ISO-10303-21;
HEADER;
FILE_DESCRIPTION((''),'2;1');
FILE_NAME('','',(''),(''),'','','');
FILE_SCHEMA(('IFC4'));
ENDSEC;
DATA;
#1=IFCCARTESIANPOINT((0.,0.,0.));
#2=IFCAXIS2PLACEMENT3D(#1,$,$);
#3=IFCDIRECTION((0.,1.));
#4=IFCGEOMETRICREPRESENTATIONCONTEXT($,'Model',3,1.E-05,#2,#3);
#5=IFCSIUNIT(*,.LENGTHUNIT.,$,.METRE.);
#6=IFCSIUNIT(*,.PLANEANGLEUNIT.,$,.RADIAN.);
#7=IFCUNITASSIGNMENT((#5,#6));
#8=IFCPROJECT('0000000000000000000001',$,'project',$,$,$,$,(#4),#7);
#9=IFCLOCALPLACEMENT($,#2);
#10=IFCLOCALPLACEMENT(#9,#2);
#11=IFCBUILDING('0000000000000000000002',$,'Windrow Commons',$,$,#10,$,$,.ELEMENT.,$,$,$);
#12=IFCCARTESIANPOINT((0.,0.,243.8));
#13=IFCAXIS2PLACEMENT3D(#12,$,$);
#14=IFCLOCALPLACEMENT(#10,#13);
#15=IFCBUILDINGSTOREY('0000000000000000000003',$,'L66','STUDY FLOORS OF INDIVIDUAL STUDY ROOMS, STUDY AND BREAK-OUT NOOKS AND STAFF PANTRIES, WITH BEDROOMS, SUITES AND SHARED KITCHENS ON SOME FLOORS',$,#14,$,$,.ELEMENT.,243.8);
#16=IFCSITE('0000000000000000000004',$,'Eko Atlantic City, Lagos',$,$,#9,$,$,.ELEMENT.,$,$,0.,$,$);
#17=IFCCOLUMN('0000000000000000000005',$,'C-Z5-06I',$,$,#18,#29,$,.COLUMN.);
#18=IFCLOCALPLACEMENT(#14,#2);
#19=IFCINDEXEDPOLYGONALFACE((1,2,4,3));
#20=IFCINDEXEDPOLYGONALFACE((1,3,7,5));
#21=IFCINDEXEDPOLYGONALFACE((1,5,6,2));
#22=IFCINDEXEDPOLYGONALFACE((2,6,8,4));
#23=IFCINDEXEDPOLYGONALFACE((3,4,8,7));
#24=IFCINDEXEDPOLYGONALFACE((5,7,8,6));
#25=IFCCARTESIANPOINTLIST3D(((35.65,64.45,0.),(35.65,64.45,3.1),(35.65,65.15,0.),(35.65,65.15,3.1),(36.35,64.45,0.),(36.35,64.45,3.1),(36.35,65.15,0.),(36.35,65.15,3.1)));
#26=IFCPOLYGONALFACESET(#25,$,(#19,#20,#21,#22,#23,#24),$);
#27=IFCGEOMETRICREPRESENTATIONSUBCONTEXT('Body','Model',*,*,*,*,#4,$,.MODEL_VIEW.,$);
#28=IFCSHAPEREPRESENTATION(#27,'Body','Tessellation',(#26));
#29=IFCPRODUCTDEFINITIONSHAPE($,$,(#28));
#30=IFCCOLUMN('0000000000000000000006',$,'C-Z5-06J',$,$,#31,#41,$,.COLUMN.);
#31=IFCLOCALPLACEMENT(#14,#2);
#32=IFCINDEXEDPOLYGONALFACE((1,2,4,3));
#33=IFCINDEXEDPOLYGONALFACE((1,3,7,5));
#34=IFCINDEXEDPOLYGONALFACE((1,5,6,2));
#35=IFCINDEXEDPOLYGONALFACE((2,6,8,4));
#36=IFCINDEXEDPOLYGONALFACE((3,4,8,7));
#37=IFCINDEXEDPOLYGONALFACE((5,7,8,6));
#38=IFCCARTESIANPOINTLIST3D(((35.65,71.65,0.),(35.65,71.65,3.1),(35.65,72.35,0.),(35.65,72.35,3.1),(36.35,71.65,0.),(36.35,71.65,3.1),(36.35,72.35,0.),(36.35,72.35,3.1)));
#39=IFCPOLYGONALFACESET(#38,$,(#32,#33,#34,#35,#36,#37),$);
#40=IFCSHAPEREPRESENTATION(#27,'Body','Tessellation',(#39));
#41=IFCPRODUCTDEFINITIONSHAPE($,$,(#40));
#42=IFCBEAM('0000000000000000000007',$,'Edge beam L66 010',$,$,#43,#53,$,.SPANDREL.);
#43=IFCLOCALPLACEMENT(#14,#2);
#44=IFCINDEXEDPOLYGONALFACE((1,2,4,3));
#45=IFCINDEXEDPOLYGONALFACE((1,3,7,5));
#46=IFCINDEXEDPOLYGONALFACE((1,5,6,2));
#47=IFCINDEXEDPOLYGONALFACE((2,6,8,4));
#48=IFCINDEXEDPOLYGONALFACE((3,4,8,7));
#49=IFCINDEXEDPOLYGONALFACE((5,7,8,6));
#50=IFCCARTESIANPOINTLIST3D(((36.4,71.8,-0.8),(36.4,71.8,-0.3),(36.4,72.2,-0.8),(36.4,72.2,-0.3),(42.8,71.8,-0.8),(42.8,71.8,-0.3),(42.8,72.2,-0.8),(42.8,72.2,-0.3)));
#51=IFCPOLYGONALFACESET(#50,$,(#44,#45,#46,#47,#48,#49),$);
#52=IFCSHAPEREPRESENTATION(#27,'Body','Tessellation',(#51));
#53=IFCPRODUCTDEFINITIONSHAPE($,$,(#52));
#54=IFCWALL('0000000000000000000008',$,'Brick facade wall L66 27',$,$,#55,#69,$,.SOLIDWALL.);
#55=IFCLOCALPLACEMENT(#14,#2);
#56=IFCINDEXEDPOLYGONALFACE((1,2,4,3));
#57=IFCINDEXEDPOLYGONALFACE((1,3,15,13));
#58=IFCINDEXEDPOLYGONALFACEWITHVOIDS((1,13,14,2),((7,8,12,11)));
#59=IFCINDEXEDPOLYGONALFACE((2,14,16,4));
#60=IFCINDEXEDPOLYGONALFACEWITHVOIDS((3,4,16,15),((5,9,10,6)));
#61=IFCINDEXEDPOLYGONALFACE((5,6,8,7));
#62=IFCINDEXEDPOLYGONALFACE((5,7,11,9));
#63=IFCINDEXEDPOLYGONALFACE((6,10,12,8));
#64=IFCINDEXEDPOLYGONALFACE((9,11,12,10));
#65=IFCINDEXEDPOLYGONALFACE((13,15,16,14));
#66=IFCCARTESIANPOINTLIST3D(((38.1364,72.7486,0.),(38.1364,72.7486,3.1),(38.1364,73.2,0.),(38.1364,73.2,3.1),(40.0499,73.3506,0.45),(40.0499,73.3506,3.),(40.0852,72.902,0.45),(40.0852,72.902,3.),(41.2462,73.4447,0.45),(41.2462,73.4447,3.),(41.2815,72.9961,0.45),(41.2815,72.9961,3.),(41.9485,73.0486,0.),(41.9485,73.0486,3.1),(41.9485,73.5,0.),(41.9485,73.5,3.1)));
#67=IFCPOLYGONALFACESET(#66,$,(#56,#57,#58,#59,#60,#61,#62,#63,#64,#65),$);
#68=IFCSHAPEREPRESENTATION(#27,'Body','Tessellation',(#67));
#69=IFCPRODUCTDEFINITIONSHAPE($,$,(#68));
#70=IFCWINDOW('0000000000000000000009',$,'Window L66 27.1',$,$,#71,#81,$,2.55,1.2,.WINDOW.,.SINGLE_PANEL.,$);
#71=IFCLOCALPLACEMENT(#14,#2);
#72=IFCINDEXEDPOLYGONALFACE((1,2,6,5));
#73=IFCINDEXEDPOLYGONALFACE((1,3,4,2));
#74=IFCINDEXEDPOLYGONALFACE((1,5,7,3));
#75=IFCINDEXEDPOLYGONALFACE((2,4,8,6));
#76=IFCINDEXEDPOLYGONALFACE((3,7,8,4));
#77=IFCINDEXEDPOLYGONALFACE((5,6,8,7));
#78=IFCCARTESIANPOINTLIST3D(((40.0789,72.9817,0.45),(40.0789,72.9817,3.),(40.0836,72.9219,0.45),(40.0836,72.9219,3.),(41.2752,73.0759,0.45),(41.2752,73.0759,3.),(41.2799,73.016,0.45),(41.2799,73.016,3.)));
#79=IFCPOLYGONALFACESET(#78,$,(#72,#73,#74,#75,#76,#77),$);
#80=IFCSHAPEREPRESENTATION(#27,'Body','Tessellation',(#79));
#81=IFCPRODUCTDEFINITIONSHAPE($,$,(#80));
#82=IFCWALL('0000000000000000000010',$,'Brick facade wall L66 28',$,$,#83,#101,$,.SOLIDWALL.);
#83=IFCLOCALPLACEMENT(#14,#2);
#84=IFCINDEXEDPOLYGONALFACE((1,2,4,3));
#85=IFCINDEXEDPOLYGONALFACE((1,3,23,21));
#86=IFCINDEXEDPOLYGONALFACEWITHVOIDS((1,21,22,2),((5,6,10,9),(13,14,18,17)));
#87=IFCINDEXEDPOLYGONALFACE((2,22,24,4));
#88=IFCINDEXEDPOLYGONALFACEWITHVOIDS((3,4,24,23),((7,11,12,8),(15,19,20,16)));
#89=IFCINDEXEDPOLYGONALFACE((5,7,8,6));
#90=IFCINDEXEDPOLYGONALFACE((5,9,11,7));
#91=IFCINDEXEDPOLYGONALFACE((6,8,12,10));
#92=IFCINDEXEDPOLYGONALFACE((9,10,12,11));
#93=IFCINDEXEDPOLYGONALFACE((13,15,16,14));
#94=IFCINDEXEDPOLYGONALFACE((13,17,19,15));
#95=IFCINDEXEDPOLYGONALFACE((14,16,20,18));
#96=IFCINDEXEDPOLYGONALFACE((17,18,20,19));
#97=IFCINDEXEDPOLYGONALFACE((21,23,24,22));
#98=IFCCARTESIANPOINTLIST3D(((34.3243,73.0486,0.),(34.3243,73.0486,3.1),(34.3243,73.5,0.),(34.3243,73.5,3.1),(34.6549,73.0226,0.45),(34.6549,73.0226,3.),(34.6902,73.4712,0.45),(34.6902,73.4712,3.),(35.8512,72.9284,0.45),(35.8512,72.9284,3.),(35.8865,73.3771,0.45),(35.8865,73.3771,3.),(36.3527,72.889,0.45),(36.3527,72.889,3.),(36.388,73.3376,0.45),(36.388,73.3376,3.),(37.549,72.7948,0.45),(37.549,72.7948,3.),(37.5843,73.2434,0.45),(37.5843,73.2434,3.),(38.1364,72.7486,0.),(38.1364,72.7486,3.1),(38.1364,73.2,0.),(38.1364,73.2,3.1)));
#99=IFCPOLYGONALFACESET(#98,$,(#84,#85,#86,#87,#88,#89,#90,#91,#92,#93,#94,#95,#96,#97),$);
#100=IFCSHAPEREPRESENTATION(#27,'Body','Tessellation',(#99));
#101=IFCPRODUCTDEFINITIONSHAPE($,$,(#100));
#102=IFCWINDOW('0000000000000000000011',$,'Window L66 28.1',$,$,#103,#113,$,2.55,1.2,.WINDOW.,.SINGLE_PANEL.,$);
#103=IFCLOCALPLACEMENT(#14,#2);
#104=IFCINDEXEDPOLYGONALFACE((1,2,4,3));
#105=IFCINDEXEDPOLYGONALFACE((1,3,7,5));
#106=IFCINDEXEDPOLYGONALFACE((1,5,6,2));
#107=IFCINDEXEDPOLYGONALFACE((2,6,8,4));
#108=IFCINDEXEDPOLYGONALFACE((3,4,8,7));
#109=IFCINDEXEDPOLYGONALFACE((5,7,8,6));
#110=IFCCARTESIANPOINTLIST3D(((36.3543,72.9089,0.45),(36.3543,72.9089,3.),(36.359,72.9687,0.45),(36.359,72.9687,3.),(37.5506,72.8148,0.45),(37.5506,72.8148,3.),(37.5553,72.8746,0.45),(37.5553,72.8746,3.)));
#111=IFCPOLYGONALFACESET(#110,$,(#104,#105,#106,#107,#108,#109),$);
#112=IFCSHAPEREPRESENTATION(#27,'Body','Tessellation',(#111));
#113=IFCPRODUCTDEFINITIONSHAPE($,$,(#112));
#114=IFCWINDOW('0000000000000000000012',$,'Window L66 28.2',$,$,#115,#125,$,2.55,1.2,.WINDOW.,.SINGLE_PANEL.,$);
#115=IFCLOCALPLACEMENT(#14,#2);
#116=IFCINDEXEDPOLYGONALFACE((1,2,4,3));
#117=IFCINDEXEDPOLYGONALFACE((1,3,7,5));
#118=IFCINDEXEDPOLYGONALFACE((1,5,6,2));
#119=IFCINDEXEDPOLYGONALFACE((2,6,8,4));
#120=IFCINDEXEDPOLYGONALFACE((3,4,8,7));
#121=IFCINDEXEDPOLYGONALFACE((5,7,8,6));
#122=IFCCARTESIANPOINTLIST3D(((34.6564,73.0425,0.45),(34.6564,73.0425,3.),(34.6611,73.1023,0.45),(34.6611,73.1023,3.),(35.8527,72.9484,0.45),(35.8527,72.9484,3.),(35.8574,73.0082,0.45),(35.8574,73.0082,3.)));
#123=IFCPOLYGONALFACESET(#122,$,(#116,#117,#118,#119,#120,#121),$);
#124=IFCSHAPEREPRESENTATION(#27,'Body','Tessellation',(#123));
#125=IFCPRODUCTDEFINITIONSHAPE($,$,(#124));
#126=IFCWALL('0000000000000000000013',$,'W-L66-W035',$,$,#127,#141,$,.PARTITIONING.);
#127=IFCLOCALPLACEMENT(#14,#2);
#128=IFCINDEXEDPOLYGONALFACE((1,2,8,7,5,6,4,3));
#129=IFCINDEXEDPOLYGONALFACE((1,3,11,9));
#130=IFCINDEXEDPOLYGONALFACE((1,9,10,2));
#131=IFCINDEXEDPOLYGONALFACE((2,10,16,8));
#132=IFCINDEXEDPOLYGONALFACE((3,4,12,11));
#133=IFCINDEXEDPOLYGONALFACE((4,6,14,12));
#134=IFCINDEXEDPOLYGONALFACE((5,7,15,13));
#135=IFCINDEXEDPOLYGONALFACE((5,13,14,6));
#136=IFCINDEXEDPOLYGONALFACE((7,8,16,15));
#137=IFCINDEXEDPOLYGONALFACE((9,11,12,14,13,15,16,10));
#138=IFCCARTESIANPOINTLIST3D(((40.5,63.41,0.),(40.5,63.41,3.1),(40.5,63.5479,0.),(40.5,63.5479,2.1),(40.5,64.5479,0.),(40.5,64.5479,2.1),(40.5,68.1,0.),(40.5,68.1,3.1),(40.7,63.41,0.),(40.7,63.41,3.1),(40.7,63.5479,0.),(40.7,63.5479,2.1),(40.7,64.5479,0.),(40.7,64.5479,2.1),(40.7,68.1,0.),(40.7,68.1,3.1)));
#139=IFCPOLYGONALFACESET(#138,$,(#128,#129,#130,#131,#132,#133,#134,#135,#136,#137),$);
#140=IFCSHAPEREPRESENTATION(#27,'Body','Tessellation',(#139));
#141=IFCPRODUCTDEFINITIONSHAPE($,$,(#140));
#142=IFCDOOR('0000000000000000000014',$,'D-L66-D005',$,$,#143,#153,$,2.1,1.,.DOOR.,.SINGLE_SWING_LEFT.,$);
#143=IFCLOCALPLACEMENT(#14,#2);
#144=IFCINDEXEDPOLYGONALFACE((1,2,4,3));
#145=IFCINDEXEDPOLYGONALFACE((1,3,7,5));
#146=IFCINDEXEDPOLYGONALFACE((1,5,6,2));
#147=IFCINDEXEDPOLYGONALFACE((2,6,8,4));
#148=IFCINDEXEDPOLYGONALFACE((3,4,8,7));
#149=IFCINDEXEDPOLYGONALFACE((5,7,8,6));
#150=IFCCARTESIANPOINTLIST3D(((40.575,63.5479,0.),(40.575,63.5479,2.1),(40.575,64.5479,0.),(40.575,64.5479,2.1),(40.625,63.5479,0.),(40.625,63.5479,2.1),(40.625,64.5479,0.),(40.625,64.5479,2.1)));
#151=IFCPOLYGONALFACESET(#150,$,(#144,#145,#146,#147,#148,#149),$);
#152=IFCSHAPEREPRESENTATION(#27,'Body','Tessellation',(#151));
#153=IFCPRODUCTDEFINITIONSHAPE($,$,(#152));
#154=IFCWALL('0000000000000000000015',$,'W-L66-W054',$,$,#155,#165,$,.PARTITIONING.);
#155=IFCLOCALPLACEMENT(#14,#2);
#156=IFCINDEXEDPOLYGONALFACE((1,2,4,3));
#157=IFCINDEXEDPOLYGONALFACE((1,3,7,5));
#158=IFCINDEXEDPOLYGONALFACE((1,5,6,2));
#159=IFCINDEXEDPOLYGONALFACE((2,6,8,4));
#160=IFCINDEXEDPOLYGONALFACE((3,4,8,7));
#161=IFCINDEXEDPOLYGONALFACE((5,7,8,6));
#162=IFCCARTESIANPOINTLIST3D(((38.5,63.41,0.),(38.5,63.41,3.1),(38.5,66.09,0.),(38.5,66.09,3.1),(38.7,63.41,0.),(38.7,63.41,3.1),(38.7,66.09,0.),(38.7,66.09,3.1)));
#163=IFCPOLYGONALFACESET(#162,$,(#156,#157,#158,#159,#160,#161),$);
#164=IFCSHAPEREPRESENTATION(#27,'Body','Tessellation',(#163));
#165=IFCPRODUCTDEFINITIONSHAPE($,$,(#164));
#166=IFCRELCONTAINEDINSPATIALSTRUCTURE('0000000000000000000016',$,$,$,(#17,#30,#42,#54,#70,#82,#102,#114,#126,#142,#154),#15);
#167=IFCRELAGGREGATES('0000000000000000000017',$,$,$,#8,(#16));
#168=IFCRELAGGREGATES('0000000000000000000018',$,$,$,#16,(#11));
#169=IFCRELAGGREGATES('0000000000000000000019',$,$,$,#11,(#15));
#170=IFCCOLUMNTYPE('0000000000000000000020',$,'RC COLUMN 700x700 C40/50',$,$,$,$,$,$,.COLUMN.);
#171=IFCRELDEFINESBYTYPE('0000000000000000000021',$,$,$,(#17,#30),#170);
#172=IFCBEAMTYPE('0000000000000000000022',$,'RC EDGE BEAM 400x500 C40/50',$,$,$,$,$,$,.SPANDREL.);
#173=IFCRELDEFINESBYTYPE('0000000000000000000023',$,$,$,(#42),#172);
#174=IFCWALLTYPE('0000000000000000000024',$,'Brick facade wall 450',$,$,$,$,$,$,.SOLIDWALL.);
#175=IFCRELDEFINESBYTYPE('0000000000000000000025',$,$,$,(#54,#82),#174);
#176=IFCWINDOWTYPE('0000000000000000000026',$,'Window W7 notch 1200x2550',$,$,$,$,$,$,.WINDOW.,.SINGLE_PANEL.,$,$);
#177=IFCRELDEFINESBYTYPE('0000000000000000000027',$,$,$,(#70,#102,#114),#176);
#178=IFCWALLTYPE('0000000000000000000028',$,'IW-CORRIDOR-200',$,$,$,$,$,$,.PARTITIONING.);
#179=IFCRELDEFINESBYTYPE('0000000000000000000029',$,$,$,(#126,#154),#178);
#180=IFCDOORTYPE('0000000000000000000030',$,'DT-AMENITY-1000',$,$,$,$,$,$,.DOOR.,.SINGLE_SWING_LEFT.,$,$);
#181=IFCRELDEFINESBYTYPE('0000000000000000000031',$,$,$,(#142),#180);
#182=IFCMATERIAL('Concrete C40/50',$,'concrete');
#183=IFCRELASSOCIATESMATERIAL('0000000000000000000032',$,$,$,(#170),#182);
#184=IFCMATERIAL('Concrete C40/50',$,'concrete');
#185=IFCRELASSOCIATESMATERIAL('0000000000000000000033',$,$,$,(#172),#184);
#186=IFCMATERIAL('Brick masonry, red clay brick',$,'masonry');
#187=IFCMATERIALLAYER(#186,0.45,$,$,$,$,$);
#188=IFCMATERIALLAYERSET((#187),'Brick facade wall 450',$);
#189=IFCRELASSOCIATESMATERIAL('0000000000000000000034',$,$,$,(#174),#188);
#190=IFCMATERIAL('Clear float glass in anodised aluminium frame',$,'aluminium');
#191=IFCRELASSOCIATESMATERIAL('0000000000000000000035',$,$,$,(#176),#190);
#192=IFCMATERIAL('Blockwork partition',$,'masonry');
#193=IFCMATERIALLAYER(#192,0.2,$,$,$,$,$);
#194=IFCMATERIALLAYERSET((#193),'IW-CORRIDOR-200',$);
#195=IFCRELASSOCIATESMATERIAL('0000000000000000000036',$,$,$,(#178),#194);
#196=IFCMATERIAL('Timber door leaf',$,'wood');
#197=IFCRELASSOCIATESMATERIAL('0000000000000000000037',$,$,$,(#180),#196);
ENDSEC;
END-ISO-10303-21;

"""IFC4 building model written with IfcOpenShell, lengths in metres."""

from ifc_helpers import new_model, si_unit, direction, frame, frame_2d, origin, origin_2d, place, context, subcontext, project, spatial, polyline, rectangle, outline, extrude, material, layer, layer_set, material_profile, profile_set, type_object, element, fill, save


model = new_model("IFC4")

# Units and contexts
model_context = context("Model", 3, precision=1e-05, world=origin(), true_north=direction((0.0, 1.0)))
body_context = subcontext(model_context, "Body", "Model", "MODEL_VIEW")
ifc_project = project(units=[si_unit("LENGTHUNIT", "METRE"), si_unit("PLANEANGLEUNIT", "RADIAN")], contexts=[model_context])

# Site, building, storey
site_placement = place(None, origin())
site = spatial("IfcSite", under=ifc_project, at=site_placement, Name="Eko Atlantic City, Lagos", CompositionType="ELEMENT", RefElevation=0.0)
building_placement = place(site_placement, origin())
building = spatial("IfcBuilding", under=site, at=building_placement, Name="Windrow Commons", CompositionType="ELEMENT")
storey_placement = place(building_placement, frame((0.0, 0.0, 243.8)))
storey = spatial("IfcBuildingStorey", under=building, at=storey_placement, Name="L66", Description="STUDY FLOORS OF INDIVIDUAL STUDY ROOMS, STUDY AND BREAK-OUT NOOKS AND STAFF PANTRIES, WITH BEDROOMS, SUITES AND SHARED KITCHENS ON SOME FLOORS", CompositionType="ELEMENT", Elevation=243.8)

# Columns
ifc_material_1 = material(Name="Concrete C40/50", Category="concrete")
ifc_material_profile_1 = material_profile(ifc_material_1, rectangle(XDim=0.7, YDim=0.7, at=origin_2d()))
ifc_profile_set_1 = profile_set([ifc_material_profile_1], Name="Concrete C40/50")
column_type = type_object("IfcColumnType", Name="RC COLUMN 700x700 C40/50", PredefinedType="COLUMN", material=ifc_profile_set_1)
for number, where, z_axis, x_axis, name in (
    (1, (36.0, 64.8, 0.0), (0.0, 0.0, 1.0), (1.0, 0.0, 0.0), "C-Z5-06I"),
    (2, (36.0, 72.0, 0.0), (0.0, 0.0, 1.0), (1.0, 0.0, 0.0), "C-Z5-06J"),
):
    element("IfcColumn", number, at=place(storey_placement, frame(where, z_axis=z_axis, x_axis=x_axis)), inside=storey, type_object=column_type, Name=name, PredefinedType="COLUMN", context=body_context, shape_type="SweptSolid", body=[
        extrude(rectangle(XDim=0.7, YDim=0.7, at=origin_2d()), origin(), (0.0, 0.0, 1.0), 3.1),
    ])

# Beam
ifc_material_2 = material(Name="Concrete C40/50", Category="concrete")
ifc_material_profile_2 = material_profile(ifc_material_2, rectangle(XDim=0.4, YDim=0.5, at=origin_2d()))
ifc_profile_set_2 = profile_set([ifc_material_profile_2], Name="Concrete C40/50")
beam_type = type_object("IfcBeamType", Name="RC EDGE BEAM 400x500 C40/50", PredefinedType="SPANDREL", material=ifc_profile_set_2)
beam_placement = place(storey_placement, frame((36.4, 72.0, -0.55), z_axis=(1.0, 0.0, 0.0), x_axis=(0.0, 1.0, 0.0)))
element("IfcBeam", 3, at=beam_placement, inside=storey, type_object=beam_type, Name="Edge beam L66 010", PredefinedType="SPANDREL", context=body_context, shape_type="SweptSolid", body=[
    extrude(rectangle(XDim=0.4, YDim=0.5, at=origin_2d()), origin(), (0.0, 0.0, 1.0), 6.4),
])

# Wall, opening, window
ifc_material_3 = material(Name="Brick masonry, red clay brick", Category="masonry")
ifc_layer_1 = layer(ifc_material_3, 0.45)
ifc_layer_set_1 = layer_set([ifc_layer_1], Name="Brick facade wall 450")
wall_type_1 = type_object("IfcWallType", Name="Brick facade wall 450", PredefinedType="SOLIDWALL", material=ifc_layer_set_1)
wall_1_placement = place(storey_placement, frame((41.9485, 73.2743, 0.0), z_axis=(0.0, 0.0, 1.0), x_axis=(-0.996918, -0.078454, 0.0)))
wall_1 = element("IfcWall", 4, at=wall_1_placement, inside=storey, type_object=wall_type_1, Name="Brick facade wall L66 27", PredefinedType="SOLIDWALL", context=body_context, shape_type="SweptSolid", body=[
    extrude(outline(polyline([(-0.0177, -0.225), (3.8062, -0.225), (3.8416, 0.225), (0.0177, 0.225), (-0.0177, -0.225)])), origin(), (0.0, 0.0, 1.0), 3.1),
])
opening_1_placement = place(wall_1_placement, frame((0.6868, 0.0, 0.45)))
opening_1 = element("IfcOpeningElement", 5, at=opening_1_placement, cuts=wall_1, PredefinedType="OPENING", context=body_context, shape_type="SweptSolid", body=[
    extrude(rectangle(XDim=1.2, YDim=2.55, at=frame_2d((0.6, 1.275))), frame((0.0, 0.235, 0.0), z_axis=(0.0, -1.0, 0.0), x_axis=(1.0, 0.0, 0.0)), (0.0, 0.0, 1.0), 0.47),
])
ifc_material_4 = material(Name="Clear float glass in anodised aluminium frame", Category="aluminium")
window_type = type_object("IfcWindowType", Name="Window W7 notch 1200x2550", PartitioningType="SINGLE_PANEL", PredefinedType="WINDOW", material=ifc_material_4)
window_1_placement = place(opening_1_placement, origin())
window_1 = element("IfcWindow", 6, at=window_1_placement, inside=storey, type_object=window_type, Name="Window L66 27.1", OverallHeight=2.55, OverallWidth=1.2, PartitioningType="SINGLE_PANEL", PredefinedType="WINDOW", context=body_context, shape_type="SweptSolid", body=[
    extrude(rectangle(XDim=1.2, YDim=2.55, at=frame_2d((0.6, 1.275))), frame((0.0, 0.205, 0.0), z_axis=(0.0, -1.0, 0.0), x_axis=(1.0, 0.0, 0.0)), (0.0, 0.0, 1.0), 0.06),
])
fill(opening_1, window_1)

# Wall, openings, windows
wall_2_placement = place(storey_placement, frame((38.1364, 72.9743, 0.0), z_axis=(0.0, 0.0, 1.0), x_axis=(-0.996918, 0.078454, 0.0)))
wall_2 = element("IfcWall", 7, at=wall_2_placement, inside=storey, type_object=wall_type_1, Name="Brick facade wall L66 28", PredefinedType="SOLIDWALL", context=body_context, shape_type="SweptSolid", body=[
    extrude(outline(polyline([(0.0177, -0.225), (3.8416, -0.225), (3.8062, 0.225), (-0.0177, 0.225), (0.0177, -0.225)])), origin(), (0.0, 0.0, 1.0), 3.1),
])
opening_2_placement = place(wall_2_placement, frame((0.5715, 0.0, 0.45)))
opening_2 = element("IfcOpeningElement", 8, at=opening_2_placement, cuts=wall_2, PredefinedType="OPENING", context=body_context, shape_type="SweptSolid", body=[
    extrude(rectangle(XDim=1.2, YDim=2.55, at=frame_2d((0.6, 1.275))), frame((0.0, 0.235, 0.0), z_axis=(0.0, -1.0, 0.0), x_axis=(1.0, 0.0, 0.0)), (0.0, 0.0, 1.0), 0.47),
])
opening_3_placement = place(wall_2_placement, frame((2.2746, 0.0, 0.45)))
opening_3 = element("IfcOpeningElement", 9, at=opening_3_placement, cuts=wall_2, PredefinedType="OPENING", context=body_context, shape_type="SweptSolid", body=[
    extrude(rectangle(XDim=1.2, YDim=2.55, at=frame_2d((0.6, 1.275))), frame((0.0, 0.235, 0.0), z_axis=(0.0, -1.0, 0.0), x_axis=(1.0, 0.0, 0.0)), (0.0, 0.0, 1.0), 0.47),
])
window_2_placement = place(opening_2_placement, origin())
window_2 = element("IfcWindow", 10, at=window_2_placement, inside=storey, type_object=window_type, Name="Window L66 28.1", OverallHeight=2.55, OverallWidth=1.2, PartitioningType="SINGLE_PANEL", PredefinedType="WINDOW", context=body_context, shape_type="SweptSolid", body=[
    extrude(rectangle(XDim=1.2, YDim=2.55, at=frame_2d((0.6, 1.275))), frame((0.0, 0.205, 0.0), z_axis=(0.0, -1.0, 0.0), x_axis=(1.0, 0.0, 0.0)), (0.0, 0.0, 1.0), 0.06),
])
fill(opening_2, window_2)
window_3_placement = place(opening_3_placement, origin())
window_3 = element("IfcWindow", 11, at=window_3_placement, inside=storey, type_object=window_type, Name="Window L66 28.2", OverallHeight=2.55, OverallWidth=1.2, PartitioningType="SINGLE_PANEL", PredefinedType="WINDOW", context=body_context, shape_type="SweptSolid", body=[
    extrude(rectangle(XDim=1.2, YDim=2.55, at=frame_2d((0.6, 1.275))), frame((0.0, 0.205, 0.0), z_axis=(0.0, -1.0, 0.0), x_axis=(1.0, 0.0, 0.0)), (0.0, 0.0, 1.0), 0.06),
])
fill(opening_3, window_3)

# Wall, opening, door
ifc_material_5 = material(Name="Blockwork partition", Category="masonry")
ifc_layer_2 = layer(ifc_material_5, 0.2)
ifc_layer_set_2 = layer_set([ifc_layer_2], Name="IW-CORRIDOR-200")
wall_type_2 = type_object("IfcWallType", Name="IW-CORRIDOR-200", PredefinedType="PARTITIONING", material=ifc_layer_set_2)
wall_3_placement = place(storey_placement, frame((40.6, 63.41, 0.0), z_axis=(0.0, 0.0, 1.0), x_axis=(0.0, 1.0, 0.0)))
wall_3 = element("IfcWall", 12, at=wall_3_placement, inside=storey, type_object=wall_type_2, Name="W-L66-W035", PredefinedType="PARTITIONING", context=body_context, shape_type="SweptSolid", body=[
    extrude(rectangle(XDim=4.69, YDim=0.2, at=frame_2d((2.345, 0.0))), origin(), (0.0, 0.0, 1.0), 3.1),
])
opening_4_placement = place(wall_3_placement, frame((0.1379, 0.0, 0.0)))
opening_4 = element("IfcOpeningElement", 13, at=opening_4_placement, cuts=wall_3, PredefinedType="OPENING", context=body_context, shape_type="SweptSolid", body=[
    extrude(rectangle(XDim=1.0, YDim=2.1, at=frame_2d((0.5, 1.05))), frame((0.0, 0.11, 0.0), z_axis=(0.0, -1.0, 0.0), x_axis=(1.0, 0.0, 0.0)), (0.0, 0.0, 1.0), 0.22),
])
ifc_material_6 = material(Name="Timber door leaf", Category="wood")
door_type = type_object("IfcDoorType", Name="DT-AMENITY-1000", OperationType="SINGLE_SWING_LEFT", PredefinedType="DOOR", material=ifc_material_6)
door_1_placement = place(opening_4_placement, origin())
door_1 = element("IfcDoor", 14, at=door_1_placement, inside=storey, type_object=door_type, Name="D-L66-D005", OperationType="SINGLE_SWING_LEFT", OverallHeight=2.1, OverallWidth=1.0, PredefinedType="DOOR", context=body_context, shape_type="SweptSolid", body=[
    extrude(rectangle(XDim=1.0, YDim=2.1, at=frame_2d((0.5, 1.05))), frame((0.0, 0.025, 0.0), z_axis=(0.0, -1.0, 0.0), x_axis=(1.0, 0.0, 0.0)), (0.0, 0.0, 1.0), 0.05),
])
fill(opening_4, door_1)

# Wall
wall_4_placement = place(storey_placement, frame((38.6, 63.41, 0.0), z_axis=(0.0, 0.0, 1.0), x_axis=(0.0, 1.0, 0.0)))
element("IfcWall", 15, at=wall_4_placement, inside=storey, type_object=wall_type_2, Name="W-L66-W054", PredefinedType="PARTITIONING", context=body_context, shape_type="SweptSolid", body=[
    extrude(rectangle(XDim=2.68, YDim=0.2, at=frame_2d((1.34, 0.0))), origin(), (0.0, 0.0, 1.0), 3.1),
])

save(model, "model.ifc")
